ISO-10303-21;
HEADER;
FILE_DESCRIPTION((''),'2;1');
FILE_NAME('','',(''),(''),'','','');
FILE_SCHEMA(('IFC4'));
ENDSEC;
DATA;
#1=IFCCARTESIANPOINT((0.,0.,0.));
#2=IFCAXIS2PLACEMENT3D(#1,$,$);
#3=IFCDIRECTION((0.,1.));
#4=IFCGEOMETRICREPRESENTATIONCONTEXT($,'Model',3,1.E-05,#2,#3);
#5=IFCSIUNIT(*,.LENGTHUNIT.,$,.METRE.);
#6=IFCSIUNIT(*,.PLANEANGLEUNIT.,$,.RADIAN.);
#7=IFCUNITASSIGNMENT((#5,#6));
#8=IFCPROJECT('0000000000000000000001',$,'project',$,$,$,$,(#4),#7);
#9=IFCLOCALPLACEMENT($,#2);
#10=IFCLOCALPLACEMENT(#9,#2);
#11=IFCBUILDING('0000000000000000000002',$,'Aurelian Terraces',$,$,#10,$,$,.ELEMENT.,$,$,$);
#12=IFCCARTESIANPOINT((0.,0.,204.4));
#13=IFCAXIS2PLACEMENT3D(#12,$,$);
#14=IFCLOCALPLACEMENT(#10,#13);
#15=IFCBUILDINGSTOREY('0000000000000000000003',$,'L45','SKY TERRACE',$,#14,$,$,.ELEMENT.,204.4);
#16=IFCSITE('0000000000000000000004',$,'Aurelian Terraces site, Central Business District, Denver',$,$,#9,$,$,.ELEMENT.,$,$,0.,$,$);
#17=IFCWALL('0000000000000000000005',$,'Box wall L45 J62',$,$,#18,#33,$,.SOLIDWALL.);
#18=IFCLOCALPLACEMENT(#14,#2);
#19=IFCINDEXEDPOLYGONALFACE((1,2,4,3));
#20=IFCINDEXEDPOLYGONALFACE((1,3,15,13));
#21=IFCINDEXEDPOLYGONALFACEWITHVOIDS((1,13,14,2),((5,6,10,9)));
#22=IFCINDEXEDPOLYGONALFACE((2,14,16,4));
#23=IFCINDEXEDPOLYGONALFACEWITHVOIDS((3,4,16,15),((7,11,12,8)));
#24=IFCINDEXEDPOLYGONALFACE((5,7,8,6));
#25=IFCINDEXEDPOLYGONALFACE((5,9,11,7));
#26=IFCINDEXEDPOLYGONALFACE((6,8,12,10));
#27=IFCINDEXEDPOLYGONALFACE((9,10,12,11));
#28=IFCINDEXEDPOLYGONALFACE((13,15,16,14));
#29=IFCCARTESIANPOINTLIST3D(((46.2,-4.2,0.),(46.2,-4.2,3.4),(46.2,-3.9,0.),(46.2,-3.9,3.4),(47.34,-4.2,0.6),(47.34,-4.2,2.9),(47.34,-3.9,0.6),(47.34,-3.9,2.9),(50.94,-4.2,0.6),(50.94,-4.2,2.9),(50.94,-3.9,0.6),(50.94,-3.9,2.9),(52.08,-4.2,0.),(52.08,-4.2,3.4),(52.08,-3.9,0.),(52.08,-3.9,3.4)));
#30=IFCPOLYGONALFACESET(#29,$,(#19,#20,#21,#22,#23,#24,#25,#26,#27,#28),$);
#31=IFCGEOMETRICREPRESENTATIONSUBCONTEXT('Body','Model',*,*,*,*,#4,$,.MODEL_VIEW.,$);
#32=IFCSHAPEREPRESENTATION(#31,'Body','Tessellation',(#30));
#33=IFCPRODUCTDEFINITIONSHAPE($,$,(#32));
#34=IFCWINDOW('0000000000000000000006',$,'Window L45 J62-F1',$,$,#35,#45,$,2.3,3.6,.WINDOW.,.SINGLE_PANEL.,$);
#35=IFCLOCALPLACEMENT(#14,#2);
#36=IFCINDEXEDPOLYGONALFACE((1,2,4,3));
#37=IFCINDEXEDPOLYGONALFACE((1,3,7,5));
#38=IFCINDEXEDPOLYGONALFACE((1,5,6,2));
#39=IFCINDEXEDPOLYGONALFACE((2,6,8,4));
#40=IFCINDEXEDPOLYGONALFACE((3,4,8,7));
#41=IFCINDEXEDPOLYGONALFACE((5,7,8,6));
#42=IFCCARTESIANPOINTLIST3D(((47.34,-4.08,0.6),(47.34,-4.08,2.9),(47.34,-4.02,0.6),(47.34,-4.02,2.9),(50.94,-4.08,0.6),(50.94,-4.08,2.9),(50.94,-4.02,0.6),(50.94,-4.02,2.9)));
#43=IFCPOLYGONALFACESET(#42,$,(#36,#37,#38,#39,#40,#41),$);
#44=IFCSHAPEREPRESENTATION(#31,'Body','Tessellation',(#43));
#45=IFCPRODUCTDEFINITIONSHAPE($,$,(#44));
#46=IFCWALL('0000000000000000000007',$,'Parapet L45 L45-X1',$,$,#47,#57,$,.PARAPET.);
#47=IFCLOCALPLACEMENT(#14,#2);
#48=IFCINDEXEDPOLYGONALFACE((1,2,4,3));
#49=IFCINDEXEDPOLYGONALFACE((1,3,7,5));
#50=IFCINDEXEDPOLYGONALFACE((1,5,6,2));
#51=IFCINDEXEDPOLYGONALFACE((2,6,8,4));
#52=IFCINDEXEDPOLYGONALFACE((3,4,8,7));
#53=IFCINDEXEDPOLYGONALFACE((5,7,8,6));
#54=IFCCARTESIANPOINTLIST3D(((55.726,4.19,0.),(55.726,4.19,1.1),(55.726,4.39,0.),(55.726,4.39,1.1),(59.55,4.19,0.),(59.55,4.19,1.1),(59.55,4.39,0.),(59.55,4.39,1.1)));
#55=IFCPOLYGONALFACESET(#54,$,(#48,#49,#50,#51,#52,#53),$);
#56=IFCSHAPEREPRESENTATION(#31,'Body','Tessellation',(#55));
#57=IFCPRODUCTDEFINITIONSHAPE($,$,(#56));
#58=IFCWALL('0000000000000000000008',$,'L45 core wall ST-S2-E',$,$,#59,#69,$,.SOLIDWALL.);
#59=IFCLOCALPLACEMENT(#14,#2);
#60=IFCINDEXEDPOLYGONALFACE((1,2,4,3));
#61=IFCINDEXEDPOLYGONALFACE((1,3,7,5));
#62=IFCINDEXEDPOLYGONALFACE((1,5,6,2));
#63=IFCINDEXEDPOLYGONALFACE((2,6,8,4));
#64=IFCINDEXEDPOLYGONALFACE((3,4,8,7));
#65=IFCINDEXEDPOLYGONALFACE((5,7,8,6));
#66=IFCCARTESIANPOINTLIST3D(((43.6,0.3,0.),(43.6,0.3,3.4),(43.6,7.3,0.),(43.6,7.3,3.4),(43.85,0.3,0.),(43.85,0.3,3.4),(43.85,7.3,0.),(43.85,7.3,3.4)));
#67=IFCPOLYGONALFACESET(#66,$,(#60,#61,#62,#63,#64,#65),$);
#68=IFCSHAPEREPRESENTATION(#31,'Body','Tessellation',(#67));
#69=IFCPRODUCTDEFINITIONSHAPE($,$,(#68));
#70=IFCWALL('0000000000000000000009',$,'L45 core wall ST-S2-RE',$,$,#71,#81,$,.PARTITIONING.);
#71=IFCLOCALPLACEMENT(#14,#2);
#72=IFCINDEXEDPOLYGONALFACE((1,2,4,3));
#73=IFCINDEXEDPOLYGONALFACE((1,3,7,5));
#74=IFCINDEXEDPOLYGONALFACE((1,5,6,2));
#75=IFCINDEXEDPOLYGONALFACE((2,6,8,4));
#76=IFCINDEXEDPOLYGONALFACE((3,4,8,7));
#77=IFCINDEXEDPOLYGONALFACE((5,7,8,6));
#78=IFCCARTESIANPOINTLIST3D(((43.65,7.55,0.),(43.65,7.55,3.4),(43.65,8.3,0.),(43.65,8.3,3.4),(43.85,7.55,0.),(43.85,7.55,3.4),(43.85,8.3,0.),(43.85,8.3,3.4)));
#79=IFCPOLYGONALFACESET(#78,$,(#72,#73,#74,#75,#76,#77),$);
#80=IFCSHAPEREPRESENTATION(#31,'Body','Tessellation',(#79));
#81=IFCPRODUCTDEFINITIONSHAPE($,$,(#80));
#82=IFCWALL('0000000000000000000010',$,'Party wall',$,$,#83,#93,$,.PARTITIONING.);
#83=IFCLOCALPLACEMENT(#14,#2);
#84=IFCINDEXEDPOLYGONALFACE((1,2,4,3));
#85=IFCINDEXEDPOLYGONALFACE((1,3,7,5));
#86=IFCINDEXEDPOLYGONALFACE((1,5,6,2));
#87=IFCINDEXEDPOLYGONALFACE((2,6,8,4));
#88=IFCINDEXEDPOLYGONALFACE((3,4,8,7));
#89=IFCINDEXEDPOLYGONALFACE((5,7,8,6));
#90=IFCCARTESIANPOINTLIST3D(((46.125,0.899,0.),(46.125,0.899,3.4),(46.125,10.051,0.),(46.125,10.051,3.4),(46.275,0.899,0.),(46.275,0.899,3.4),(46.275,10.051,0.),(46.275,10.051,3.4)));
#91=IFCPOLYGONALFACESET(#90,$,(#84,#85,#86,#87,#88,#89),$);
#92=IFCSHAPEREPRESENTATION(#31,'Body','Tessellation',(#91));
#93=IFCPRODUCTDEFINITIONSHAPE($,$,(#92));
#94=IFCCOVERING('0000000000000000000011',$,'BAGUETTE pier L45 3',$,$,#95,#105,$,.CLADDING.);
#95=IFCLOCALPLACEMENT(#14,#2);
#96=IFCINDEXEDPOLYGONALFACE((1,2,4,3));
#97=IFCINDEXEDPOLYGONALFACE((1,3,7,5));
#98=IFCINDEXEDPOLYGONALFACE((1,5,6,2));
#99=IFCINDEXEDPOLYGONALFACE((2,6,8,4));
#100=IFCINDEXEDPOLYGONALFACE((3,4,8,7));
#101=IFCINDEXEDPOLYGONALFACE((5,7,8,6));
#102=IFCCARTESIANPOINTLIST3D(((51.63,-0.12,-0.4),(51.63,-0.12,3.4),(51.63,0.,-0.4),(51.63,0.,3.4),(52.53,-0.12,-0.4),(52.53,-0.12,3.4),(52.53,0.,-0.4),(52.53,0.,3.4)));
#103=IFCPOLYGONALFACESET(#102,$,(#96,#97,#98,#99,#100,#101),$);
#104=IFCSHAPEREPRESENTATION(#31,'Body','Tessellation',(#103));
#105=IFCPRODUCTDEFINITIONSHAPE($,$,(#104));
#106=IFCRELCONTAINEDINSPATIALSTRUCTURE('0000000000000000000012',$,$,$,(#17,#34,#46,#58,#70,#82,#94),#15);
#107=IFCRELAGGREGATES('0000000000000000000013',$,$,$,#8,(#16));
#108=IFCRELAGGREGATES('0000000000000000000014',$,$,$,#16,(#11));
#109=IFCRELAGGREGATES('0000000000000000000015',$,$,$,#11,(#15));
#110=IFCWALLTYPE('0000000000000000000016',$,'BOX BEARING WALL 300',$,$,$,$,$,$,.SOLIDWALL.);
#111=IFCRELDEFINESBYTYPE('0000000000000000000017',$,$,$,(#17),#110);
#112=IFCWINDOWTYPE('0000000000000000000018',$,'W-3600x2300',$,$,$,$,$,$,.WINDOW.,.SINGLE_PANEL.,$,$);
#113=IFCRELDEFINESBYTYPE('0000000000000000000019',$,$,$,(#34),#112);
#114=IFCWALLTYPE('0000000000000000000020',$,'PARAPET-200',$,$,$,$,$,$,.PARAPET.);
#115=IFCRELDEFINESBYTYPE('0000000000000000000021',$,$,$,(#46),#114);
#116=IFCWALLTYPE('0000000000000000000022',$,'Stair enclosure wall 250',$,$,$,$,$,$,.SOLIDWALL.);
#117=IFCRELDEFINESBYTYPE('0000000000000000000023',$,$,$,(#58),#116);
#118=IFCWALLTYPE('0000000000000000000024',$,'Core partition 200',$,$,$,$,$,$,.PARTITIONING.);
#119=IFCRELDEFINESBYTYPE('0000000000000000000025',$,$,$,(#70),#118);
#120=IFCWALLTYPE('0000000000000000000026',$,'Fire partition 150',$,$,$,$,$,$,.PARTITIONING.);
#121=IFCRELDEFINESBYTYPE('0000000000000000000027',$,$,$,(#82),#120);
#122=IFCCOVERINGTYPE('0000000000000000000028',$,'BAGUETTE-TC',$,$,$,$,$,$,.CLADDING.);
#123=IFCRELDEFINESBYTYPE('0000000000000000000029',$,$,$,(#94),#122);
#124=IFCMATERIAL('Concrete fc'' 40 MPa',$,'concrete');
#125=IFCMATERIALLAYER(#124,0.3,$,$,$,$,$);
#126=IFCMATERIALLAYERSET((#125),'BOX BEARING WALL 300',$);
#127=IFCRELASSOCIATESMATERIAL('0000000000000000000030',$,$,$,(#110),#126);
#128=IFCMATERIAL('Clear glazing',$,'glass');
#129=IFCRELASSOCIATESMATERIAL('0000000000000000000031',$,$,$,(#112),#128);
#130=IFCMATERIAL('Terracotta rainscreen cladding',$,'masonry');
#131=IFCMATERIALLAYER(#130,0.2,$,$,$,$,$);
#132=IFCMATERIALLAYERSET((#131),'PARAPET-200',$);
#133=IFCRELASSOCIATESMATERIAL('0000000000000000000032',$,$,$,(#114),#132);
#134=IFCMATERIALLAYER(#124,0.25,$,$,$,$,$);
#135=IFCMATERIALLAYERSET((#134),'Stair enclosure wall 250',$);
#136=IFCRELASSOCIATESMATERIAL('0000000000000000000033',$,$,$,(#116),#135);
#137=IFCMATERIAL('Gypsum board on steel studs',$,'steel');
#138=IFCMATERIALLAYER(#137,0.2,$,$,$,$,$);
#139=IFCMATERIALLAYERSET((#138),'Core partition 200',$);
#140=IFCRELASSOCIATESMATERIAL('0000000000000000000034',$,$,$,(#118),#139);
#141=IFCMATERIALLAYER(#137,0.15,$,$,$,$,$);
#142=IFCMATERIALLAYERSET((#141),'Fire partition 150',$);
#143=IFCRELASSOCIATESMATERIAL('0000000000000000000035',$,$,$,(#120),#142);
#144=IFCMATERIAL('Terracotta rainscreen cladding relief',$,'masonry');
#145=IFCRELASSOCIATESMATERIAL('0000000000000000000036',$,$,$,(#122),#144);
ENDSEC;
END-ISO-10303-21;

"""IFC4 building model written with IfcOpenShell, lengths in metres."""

from ifc_helpers import new_model, si_unit, direction, frame, frame_2d, origin, origin_2d, place, context, subcontext, project, spatial, rectangle, extrude, source, transform, mapped, material, layer, layer_set, type_object, element, fill, save


model = new_model("IFC4")

# Units and contexts
model_context = context("Model", 3, precision=1e-05, world=origin(), true_north=direction((0.0, 1.0)))
body_context = subcontext(model_context, "Body", "Model", "MODEL_VIEW")
ifc_project = project(units=[si_unit("LENGTHUNIT", "METRE"), si_unit("PLANEANGLEUNIT", "RADIAN")], contexts=[model_context])

# Site, building, storey
site_placement = place(None, origin())
site = spatial("IfcSite", under=ifc_project, at=site_placement, Name="Aurelian Terraces site, Central Business District, Denver", CompositionType="ELEMENT", RefElevation=0.0)
building_placement = place(site_placement, origin())
building = spatial("IfcBuilding", under=site, at=building_placement, Name="Aurelian Terraces", CompositionType="ELEMENT")
storey_placement = place(building_placement, frame((0.0, 0.0, 204.4)))
storey = spatial("IfcBuildingStorey", under=building, at=storey_placement, Name="L45", Description="SKY TERRACE", CompositionType="ELEMENT", Elevation=204.4)

# Shared definitions
ifc_material_1 = material(Name="Terracotta rainscreen cladding", Category="masonry")
ifc_material_2 = material(Name="Clear glazing", Category="glass")
ifc_material_3 = material(Name="Concrete fc' 40 MPa", Category="concrete")

# Wall, opening, window
ifc_layer_1 = layer(ifc_material_3, 0.3)
ifc_layer_set_1 = layer_set([ifc_layer_1], Name="BOX BEARING WALL 300")
wall_type_1 = type_object("IfcWallType", Name="BOX BEARING WALL 300", PredefinedType="SOLIDWALL", material=ifc_layer_set_1)
shared_shape_1 = source(origin(), body_context, "Body", "SweptSolid", [
    extrude(rectangle(XDim=5.88, YDim=0.3, at=frame_2d((2.94, 0.0))), origin(), (0.0, 0.0, 1.0), 3.4),
])
wall_1_placement = place(storey_placement, frame((46.2, -4.05, 0.0), z_axis=(0.0, 0.0, 1.0), x_axis=(1.0, 0.0, 0.0)))
wall_1 = element("IfcWall", 1, at=wall_1_placement, inside=storey, type_object=wall_type_1, Name="Box wall L45 J62", PredefinedType="SOLIDWALL", context=body_context, shape_type="MappedRepresentation", body=[
    mapped(shared_shape_1, transform((0.0, 0.0, 0.0), scale=1.0)),
])
shared_shape_2 = source(origin(), body_context, "Body", "SweptSolid", [
    extrude(rectangle(XDim=3.6, YDim=2.3, at=frame_2d((1.8, 1.15))), frame((0.0, 0.16, 0.0), z_axis=(0.0, -1.0, 0.0), x_axis=(1.0, 0.0, 0.0)), (0.0, 0.0, 1.0), 0.32),
])
opening_1_placement = place(wall_1_placement, frame((1.14, 0.0, 0.6)))
opening_1 = element("IfcOpeningElement", 2, at=opening_1_placement, cuts=wall_1, PredefinedType="OPENING", context=body_context, shape_type="MappedRepresentation", body=[
    mapped(shared_shape_2, transform((0.0, 0.0, 0.0), scale=1.0)),
])
window_type_1 = type_object("IfcWindowType", Name="W-3600x2300", PartitioningType="SINGLE_PANEL", PredefinedType="WINDOW", material=ifc_material_2)
shared_shape_3 = source(origin(), body_context, "Body", "SweptSolid", [
    extrude(rectangle(XDim=3.6, YDim=2.3, at=frame_2d((1.8, 1.15))), frame((0.0, 0.03, 0.0), z_axis=(0.0, -1.0, 0.0), x_axis=(1.0, 0.0, 0.0)), (0.0, 0.0, 1.0), 0.06),
])
window_1_placement = place(opening_1_placement, origin())
window_1 = element("IfcWindow", 3, at=window_1_placement, inside=storey, type_object=window_type_1, Name="Window L45 J62-F1", OverallHeight=2.3, OverallWidth=3.6, PartitioningType="SINGLE_PANEL", PredefinedType="WINDOW", context=body_context, shape_type="MappedRepresentation", body=[
    mapped(shared_shape_3, transform((0.0, 0.0, 0.0), scale=1.0)),
])
fill(opening_1, window_1)

# Walls
ifc_layer_2 = layer(ifc_material_1, 0.2)
ifc_layer_set_2 = layer_set([ifc_layer_2], Name="PARAPET-200")
wall_type_2 = type_object("IfcWallType", Name="PARAPET-200", PredefinedType="PARAPET", material=ifc_layer_set_2)
shared_shape_4 = source(origin(), body_context, "Body", "SweptSolid", [
    extrude(rectangle(XDim=3.824, YDim=0.2, at=frame_2d((1.912, 0.0))), origin(), (0.0, 0.0, 1.0), 1.1),
])
wall_2_placement = place(storey_placement, frame((59.55, 4.29, 0.0), z_axis=(0.0, 0.0, 1.0), x_axis=(-1.0, 0.0, 0.0)))
element("IfcWall", 4, at=wall_2_placement, inside=storey, type_object=wall_type_2, Name="Parapet L45 L45-X1", PredefinedType="PARAPET", context=body_context, shape_type="MappedRepresentation", body=[
    mapped(shared_shape_4, transform((0.0, 0.0, 0.0), scale=1.0)),
])
ifc_layer_3 = layer(ifc_material_3, 0.25)
ifc_layer_set_3 = layer_set([ifc_layer_3], Name="Stair enclosure wall 250")
wall_type_3 = type_object("IfcWallType", Name="Stair enclosure wall 250", PredefinedType="SOLIDWALL", material=ifc_layer_set_3)
shared_shape_5 = source(origin(), body_context, "Body", "SweptSolid", [
    extrude(rectangle(XDim=7.0, YDim=0.25, at=frame_2d((3.5, 0.0))), origin(), (0.0, 0.0, 1.0), 3.4),
])
wall_3_placement = place(storey_placement, frame((43.725, 0.3, 0.0), z_axis=(0.0, 0.0, 1.0), x_axis=(0.0, 1.0, 0.0)))
element("IfcWall", 5, at=wall_3_placement, inside=storey, type_object=wall_type_3, Name="L45 core wall ST-S2-E", PredefinedType="SOLIDWALL", context=body_context, shape_type="MappedRepresentation", body=[
    mapped(shared_shape_5, transform((0.0, 0.0, 0.0), scale=1.0)),
])
ifc_material_4 = material(Name="Gypsum board on steel studs", Category="steel")
ifc_layer_4 = layer(ifc_material_4, 0.2)
ifc_layer_set_4 = layer_set([ifc_layer_4], Name="Core partition 200")
wall_type_4 = type_object("IfcWallType", Name="Core partition 200", PredefinedType="PARTITIONING", material=ifc_layer_set_4)
shared_shape_6 = source(origin(), body_context, "Body", "SweptSolid", [
    extrude(rectangle(XDim=0.75, YDim=0.2, at=frame_2d((0.375, 0.0))), origin(), (0.0, 0.0, 1.0), 3.4),
])
wall_4_placement = place(storey_placement, frame((43.75, 7.55, 0.0), z_axis=(0.0, 0.0, 1.0), x_axis=(0.0, 1.0, 0.0)))
element("IfcWall", 6, at=wall_4_placement, inside=storey, type_object=wall_type_4, Name="L45 core wall ST-S2-RE", PredefinedType="PARTITIONING", context=body_context, shape_type="MappedRepresentation", body=[
    mapped(shared_shape_6, transform((0.0, 0.0, 0.0), scale=1.0)),
])
ifc_layer_5 = layer(ifc_material_4, 0.15)
ifc_layer_set_5 = layer_set([ifc_layer_5], Name="Fire partition 150")
wall_type_5 = type_object("IfcWallType", Name="Fire partition 150", PredefinedType="PARTITIONING", material=ifc_layer_set_5)
shared_shape_7 = source(origin(), body_context, "Body", "SweptSolid", [
    extrude(rectangle(XDim=9.152, YDim=0.15, at=frame_2d((4.576, 0.0))), origin(), (0.0, 0.0, 1.0), 3.4),
])
wall_5_placement = place(storey_placement, frame((46.2, 0.899, 0.0), z_axis=(0.0, 0.0, 1.0), x_axis=(0.0, 1.0, 0.0)))
element("IfcWall", 7, at=wall_5_placement, inside=storey, type_object=wall_type_5, Name="Party wall", PredefinedType="PARTITIONING", context=body_context, shape_type="MappedRepresentation", body=[
    mapped(shared_shape_7, transform((0.0, 0.0, 0.0), scale=1.0)),
])

# Covering
ifc_material_5 = material(Name="Terracotta rainscreen cladding relief", Category="masonry")
covering_type = type_object("IfcCoveringType", Name="BAGUETTE-TC", PredefinedType="CLADDING", material=ifc_material_5)
shared_shape_8 = source(origin(), body_context, "Body", "SweptSolid", [
    extrude(rectangle(XDim=0.9, YDim=0.12, at=origin_2d()), origin(), (0.0, 0.0, 1.0), 3.8),
])
covering_placement = place(storey_placement, frame((52.08, -0.06, -0.4), z_axis=(0.0, 0.0, 1.0), x_axis=(1.0, 0.0, 0.0)))
element("IfcCovering", 8, at=covering_placement, inside=storey, type_object=covering_type, Name="BAGUETTE pier L45 3", PredefinedType="CLADDING", context=body_context, shape_type="MappedRepresentation", body=[
    mapped(shared_shape_8, transform((0.0, 0.0, 0.0), scale=1.0)),
])

save(model, "model.ifc")
